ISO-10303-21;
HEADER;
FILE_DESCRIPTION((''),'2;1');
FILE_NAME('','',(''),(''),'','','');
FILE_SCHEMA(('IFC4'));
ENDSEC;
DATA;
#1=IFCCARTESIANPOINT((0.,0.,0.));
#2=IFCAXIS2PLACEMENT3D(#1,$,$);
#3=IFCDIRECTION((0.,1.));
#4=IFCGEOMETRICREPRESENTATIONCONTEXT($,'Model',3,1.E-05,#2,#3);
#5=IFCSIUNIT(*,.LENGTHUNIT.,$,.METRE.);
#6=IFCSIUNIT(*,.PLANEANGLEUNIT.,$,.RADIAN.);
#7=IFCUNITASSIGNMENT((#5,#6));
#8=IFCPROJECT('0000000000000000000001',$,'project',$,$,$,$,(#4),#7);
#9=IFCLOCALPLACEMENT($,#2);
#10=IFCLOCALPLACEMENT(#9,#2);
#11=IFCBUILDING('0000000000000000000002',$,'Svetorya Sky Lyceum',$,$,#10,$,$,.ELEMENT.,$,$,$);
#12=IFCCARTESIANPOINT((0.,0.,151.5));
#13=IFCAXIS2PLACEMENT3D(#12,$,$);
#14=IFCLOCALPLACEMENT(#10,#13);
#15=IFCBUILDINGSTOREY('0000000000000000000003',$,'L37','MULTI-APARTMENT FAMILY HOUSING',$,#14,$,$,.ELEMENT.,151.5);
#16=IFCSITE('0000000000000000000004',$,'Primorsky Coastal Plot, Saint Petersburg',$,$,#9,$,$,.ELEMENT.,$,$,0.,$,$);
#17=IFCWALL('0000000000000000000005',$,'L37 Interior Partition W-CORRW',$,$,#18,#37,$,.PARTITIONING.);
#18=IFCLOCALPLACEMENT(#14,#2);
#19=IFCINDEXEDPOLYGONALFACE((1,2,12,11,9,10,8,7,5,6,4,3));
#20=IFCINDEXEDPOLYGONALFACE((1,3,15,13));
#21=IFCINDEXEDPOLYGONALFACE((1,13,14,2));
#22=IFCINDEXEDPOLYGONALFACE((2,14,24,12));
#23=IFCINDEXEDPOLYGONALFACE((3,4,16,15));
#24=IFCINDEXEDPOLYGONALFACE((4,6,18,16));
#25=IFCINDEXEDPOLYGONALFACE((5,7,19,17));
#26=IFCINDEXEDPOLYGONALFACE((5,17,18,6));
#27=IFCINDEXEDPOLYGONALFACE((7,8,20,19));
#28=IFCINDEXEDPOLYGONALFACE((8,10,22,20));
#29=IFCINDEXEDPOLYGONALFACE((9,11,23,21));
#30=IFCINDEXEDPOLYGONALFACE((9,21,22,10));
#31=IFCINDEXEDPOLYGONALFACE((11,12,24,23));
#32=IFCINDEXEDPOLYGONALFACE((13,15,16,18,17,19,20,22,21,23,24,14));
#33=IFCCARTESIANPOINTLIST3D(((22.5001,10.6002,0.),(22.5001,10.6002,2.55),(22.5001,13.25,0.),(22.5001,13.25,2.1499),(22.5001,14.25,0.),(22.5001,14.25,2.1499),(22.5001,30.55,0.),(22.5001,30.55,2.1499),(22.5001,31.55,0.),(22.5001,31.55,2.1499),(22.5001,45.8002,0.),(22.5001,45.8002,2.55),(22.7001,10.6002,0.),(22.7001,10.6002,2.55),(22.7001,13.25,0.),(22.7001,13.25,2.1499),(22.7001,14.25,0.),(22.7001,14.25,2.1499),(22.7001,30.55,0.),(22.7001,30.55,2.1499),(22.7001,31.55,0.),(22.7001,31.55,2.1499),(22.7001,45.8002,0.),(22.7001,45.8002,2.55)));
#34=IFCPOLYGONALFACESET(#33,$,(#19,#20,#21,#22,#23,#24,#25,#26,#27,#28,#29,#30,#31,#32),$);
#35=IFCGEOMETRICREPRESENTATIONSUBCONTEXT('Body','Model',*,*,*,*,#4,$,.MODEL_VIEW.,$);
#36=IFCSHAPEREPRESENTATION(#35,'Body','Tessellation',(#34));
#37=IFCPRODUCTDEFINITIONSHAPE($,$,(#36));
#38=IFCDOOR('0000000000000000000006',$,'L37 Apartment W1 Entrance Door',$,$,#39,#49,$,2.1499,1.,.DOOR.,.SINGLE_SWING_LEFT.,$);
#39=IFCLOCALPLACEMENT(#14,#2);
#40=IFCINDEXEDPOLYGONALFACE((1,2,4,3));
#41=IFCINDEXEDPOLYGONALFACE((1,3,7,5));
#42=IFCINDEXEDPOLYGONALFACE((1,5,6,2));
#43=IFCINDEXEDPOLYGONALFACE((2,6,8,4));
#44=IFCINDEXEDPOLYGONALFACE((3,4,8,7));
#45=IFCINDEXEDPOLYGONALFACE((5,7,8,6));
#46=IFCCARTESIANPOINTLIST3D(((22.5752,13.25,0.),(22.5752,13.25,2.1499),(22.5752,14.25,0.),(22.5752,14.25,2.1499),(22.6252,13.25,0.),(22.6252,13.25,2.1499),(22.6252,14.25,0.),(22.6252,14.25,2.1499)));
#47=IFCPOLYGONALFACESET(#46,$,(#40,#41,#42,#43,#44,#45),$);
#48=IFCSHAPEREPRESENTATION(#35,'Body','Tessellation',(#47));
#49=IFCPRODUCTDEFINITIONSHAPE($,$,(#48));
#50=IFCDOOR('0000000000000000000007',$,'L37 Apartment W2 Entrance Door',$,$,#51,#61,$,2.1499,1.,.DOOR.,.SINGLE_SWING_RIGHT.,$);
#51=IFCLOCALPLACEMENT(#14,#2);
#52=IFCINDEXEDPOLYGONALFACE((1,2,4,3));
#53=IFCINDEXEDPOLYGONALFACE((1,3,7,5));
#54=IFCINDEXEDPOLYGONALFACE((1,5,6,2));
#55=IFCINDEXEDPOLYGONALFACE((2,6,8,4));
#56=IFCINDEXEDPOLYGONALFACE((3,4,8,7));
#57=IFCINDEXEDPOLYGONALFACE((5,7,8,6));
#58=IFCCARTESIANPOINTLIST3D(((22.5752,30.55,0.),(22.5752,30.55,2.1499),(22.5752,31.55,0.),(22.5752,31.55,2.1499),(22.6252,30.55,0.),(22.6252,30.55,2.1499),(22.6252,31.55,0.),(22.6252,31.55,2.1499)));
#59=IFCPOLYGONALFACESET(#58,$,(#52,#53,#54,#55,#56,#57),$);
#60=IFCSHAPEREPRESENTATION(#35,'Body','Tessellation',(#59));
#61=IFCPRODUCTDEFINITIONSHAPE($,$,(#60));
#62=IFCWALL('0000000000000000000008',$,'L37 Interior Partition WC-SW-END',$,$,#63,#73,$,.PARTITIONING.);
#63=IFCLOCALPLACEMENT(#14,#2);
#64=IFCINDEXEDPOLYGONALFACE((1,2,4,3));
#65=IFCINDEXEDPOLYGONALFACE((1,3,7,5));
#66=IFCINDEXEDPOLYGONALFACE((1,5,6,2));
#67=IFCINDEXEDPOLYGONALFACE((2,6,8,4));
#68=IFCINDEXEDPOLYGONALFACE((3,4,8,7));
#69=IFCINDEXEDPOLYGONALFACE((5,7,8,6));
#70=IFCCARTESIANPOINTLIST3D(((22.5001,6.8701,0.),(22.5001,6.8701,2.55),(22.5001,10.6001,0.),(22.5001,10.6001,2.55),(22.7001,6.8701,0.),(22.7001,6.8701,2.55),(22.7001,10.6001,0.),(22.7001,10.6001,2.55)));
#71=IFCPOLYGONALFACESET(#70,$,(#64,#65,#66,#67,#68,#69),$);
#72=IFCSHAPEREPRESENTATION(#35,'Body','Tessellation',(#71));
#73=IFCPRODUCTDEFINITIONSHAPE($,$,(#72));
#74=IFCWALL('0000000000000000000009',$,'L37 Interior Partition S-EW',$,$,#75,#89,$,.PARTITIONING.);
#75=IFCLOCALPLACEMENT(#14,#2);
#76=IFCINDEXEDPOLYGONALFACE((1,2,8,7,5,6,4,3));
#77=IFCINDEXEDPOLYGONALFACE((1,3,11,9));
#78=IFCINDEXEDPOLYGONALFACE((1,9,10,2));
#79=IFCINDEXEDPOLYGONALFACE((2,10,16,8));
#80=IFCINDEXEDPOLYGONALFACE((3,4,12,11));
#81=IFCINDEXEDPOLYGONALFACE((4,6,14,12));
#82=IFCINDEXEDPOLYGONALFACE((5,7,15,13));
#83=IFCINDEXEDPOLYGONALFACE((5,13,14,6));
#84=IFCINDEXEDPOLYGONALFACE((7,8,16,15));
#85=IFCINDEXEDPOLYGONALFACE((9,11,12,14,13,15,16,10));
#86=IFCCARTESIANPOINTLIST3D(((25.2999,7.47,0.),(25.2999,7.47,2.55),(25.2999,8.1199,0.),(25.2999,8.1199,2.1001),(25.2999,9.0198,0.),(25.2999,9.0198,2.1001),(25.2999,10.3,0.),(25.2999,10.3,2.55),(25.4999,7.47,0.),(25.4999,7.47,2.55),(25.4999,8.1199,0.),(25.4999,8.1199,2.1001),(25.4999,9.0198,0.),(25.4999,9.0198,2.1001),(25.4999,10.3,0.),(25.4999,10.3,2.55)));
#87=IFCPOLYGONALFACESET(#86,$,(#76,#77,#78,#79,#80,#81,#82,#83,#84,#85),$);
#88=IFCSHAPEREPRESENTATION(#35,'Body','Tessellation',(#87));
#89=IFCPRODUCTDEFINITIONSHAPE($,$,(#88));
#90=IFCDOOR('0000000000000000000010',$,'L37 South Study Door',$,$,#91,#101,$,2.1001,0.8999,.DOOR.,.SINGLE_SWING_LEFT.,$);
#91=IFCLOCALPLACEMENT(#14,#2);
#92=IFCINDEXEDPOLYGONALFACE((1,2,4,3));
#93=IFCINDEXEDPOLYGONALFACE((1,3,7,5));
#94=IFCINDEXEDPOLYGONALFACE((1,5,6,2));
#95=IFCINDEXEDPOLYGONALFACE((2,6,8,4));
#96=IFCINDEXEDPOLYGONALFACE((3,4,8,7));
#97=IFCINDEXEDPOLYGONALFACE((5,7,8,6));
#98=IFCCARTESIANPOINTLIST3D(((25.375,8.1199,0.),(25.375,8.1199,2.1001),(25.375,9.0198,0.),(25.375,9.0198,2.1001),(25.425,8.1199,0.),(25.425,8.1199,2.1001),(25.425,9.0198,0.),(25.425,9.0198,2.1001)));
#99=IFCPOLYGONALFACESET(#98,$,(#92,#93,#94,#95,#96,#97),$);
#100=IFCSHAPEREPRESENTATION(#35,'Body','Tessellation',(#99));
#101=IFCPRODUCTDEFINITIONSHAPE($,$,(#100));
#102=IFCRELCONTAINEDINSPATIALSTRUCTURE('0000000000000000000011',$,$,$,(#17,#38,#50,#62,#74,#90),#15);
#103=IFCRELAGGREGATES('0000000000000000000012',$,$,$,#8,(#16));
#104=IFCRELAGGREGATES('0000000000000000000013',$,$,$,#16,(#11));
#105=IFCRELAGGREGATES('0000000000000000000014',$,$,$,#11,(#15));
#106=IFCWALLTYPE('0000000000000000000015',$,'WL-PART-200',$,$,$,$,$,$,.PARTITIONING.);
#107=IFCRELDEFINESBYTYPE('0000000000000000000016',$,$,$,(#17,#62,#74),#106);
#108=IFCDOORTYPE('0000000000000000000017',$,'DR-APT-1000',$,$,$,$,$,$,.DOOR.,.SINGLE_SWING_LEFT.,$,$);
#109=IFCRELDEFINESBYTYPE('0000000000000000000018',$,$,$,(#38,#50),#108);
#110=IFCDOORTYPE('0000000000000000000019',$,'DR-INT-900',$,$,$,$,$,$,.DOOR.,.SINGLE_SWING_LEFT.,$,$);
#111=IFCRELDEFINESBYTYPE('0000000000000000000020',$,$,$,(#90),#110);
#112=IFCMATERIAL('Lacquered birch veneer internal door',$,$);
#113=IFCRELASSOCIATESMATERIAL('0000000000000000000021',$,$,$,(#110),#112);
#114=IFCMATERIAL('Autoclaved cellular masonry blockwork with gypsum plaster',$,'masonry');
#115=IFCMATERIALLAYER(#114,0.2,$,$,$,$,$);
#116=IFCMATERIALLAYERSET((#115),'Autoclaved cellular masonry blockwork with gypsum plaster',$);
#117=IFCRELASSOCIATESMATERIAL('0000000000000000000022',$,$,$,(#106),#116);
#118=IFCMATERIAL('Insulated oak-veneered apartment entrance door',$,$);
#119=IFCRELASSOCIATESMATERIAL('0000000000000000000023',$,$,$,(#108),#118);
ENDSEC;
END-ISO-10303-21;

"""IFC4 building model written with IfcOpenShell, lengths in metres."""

from ifc_helpers import new_model, si_unit, direction, frame, frame_2d, origin, place, context, subcontext, project, spatial, rectangle, extrude, material, layer, layer_set, type_object, element, fill, save


model = new_model("IFC4")

# Units and contexts
model_context = context("Model", 3, precision=1e-05, world=origin(), true_north=direction((0.0, 1.0)))
body_context = subcontext(model_context, "Body", "Model", "MODEL_VIEW")
ifc_project = project(units=[si_unit("LENGTHUNIT", "METRE"), si_unit("PLANEANGLEUNIT", "RADIAN")], contexts=[model_context])

# Site, building, storey
site_placement = place(None, origin())
site = spatial("IfcSite", under=ifc_project, at=site_placement, Name="Primorsky Coastal Plot, Saint Petersburg", CompositionType="ELEMENT", RefElevation=0.0)
building_placement = place(site_placement, origin())
building = spatial("IfcBuilding", under=site, at=building_placement, Name="Svetorya Sky Lyceum", CompositionType="ELEMENT")
storey_placement = place(building_placement, frame((0.0, 0.0, 151.5)))
storey = spatial("IfcBuildingStorey", under=building, at=storey_placement, Name="L37", Description="MULTI-APARTMENT FAMILY HOUSING", CompositionType="ELEMENT", Elevation=151.5)

# Shared definitions
ifc_material_1 = material(Name="Lacquered birch veneer internal door")
door_type_1 = type_object("IfcDoorType", Name="DR-INT-900", OperationType="SINGLE_SWING_LEFT", PredefinedType="DOOR", material=ifc_material_1)

# Shared definitions
ifc_material_2 = material(Name="Autoclaved cellular masonry blockwork with gypsum plaster", Category="masonry")
ifc_layer_1 = layer(ifc_material_2, 0.2)
ifc_layer_set_1 = layer_set([ifc_layer_1], Name="Autoclaved cellular masonry blockwork with gypsum plaster")
wall_type_1 = type_object("IfcWallType", Name="WL-PART-200", PredefinedType="PARTITIONING", material=ifc_layer_set_1)

# Wall, openings, doors
wall_1_placement = place(storey_placement, frame((22.6001, 10.6001, 0.0), z_axis=(0.0, 0.0, 1.0), x_axis=(0.0, 1.0, 0.0)))
wall_1 = element("IfcWall", 1, at=wall_1_placement, inside=storey, type_object=wall_type_1, Name="L37 Interior Partition W-CORRW", PredefinedType="PARTITIONING", context=body_context, shape_type="SweptSolid", body=[
    extrude(rectangle(XDim=35.2, YDim=0.2, at=frame_2d((17.6001, 0.0))), origin(), (0.0, 0.0, 1.0), 2.55),
])
opening_1_placement = place(wall_1_placement, frame((2.6499, 0.0, 0.0)))
opening_1 = element("IfcOpeningElement", 2, at=opening_1_placement, cuts=wall_1, PredefinedType="OPENING", context=body_context, shape_type="SweptSolid", body=[
    extrude(rectangle(XDim=1.0, YDim=2.1499, at=frame_2d((0.5, 1.075))), frame((0.0, 0.1099, 0.0), z_axis=(0.0, -1.0, 0.0), x_axis=(1.0, 0.0, 0.0)), (0.0, 0.0, 1.0), 0.22),
])
opening_2_placement = place(wall_1_placement, frame((19.95, 0.0, 0.0)))
opening_2 = element("IfcOpeningElement", 3, at=opening_2_placement, cuts=wall_1, PredefinedType="OPENING", context=body_context, shape_type="SweptSolid", body=[
    extrude(rectangle(XDim=1.0, YDim=2.1499, at=frame_2d((0.5, 1.075))), frame((0.0, 0.1099, 0.0), z_axis=(0.0, -1.0, 0.0), x_axis=(1.0, 0.0, 0.0)), (0.0, 0.0, 1.0), 0.22),
])
ifc_material_3 = material(Name="Insulated oak-veneered apartment entrance door")
door_type_2 = type_object("IfcDoorType", Name="DR-APT-1000", OperationType="SINGLE_SWING_LEFT", PredefinedType="DOOR", material=ifc_material_3)
door_1_placement = place(opening_1_placement, origin())
door_1 = element("IfcDoor", 4, at=door_1_placement, inside=storey, type_object=door_type_2, Name="L37 Apartment W1 Entrance Door", OperationType="SINGLE_SWING_LEFT", OverallHeight=2.1499, OverallWidth=1.0, PredefinedType="DOOR", context=body_context, shape_type="SweptSolid", body=[
    extrude(rectangle(XDim=1.0, YDim=2.1499, at=frame_2d((0.5, 1.075))), frame((0.0, 0.0249, 0.0), z_axis=(0.0, -1.0, 0.0), x_axis=(1.0, 0.0, 0.0)), (0.0, 0.0, 1.0), 0.05),
])
fill(opening_1, door_1)
door_2_placement = place(opening_2_placement, origin())
door_2 = element("IfcDoor", 5, at=door_2_placement, inside=storey, type_object=door_type_2, Name="L37 Apartment W2 Entrance Door", OperationType="SINGLE_SWING_RIGHT", OverallHeight=2.1499, OverallWidth=1.0, PredefinedType="DOOR", context=body_context, shape_type="SweptSolid", body=[
    extrude(rectangle(XDim=1.0, YDim=2.1499, at=frame_2d((0.5, 1.075))), frame((0.0, 0.0249, 0.0), z_axis=(0.0, -1.0, 0.0), x_axis=(1.0, 0.0, 0.0)), (0.0, 0.0, 1.0), 0.05),
])
fill(opening_2, door_2)

# Wall
wall_2_placement = place(storey_placement, frame((22.6001, 6.8701, 0.0), z_axis=(0.0, 0.0, 1.0), x_axis=(0.0, 1.0, 0.0)))
element("IfcWall", 6, at=wall_2_placement, inside=storey, type_object=wall_type_1, Name="L37 Interior Partition WC-SW-END", PredefinedType="PARTITIONING", context=body_context, shape_type="SweptSolid", body=[
    extrude(rectangle(XDim=3.73, YDim=0.2, at=frame_2d((1.865, 0.0))), origin(), (0.0, 0.0, 1.0), 2.55),
])

# Wall, opening, door
wall_3_placement = place(storey_placement, frame((25.3999, 7.47, 0.0), z_axis=(0.0, 0.0, 1.0), x_axis=(0.0, 1.0, 0.0)))
wall_3 = element("IfcWall", 7, at=wall_3_placement, inside=storey, type_object=wall_type_1, Name="L37 Interior Partition S-EW", PredefinedType="PARTITIONING", context=body_context, shape_type="SweptSolid", body=[
    extrude(rectangle(XDim=2.8301, YDim=0.2, at=frame_2d((1.415, 0.0))), origin(), (0.0, 0.0, 1.0), 2.55),
])
opening_3_placement = place(wall_3_placement, frame((0.6499, 0.0, 0.0)))
opening_3 = element("IfcOpeningElement", 8, at=opening_3_placement, cuts=wall_3, PredefinedType="OPENING", context=body_context, shape_type="SweptSolid", body=[
    extrude(rectangle(XDim=0.8999, YDim=2.1001, at=frame_2d((0.45, 1.05))), frame((0.0, 0.1099, 0.0), z_axis=(0.0, -1.0, 0.0), x_axis=(1.0, 0.0, 0.0)), (0.0, 0.0, 1.0), 0.22),
])
door_3_placement = place(opening_3_placement, origin())
door_3 = element("IfcDoor", 9, at=door_3_placement, inside=storey, type_object=door_type_1, Name="L37 South Study Door", OperationType="SINGLE_SWING_LEFT", OverallHeight=2.1001, OverallWidth=0.8999, PredefinedType="DOOR", context=body_context, shape_type="SweptSolid", body=[
    extrude(rectangle(XDim=0.8999, YDim=2.1001, at=frame_2d((0.45, 1.05))), frame((0.0, 0.0249, 0.0), z_axis=(0.0, -1.0, 0.0), x_axis=(1.0, 0.0, 0.0)), (0.0, 0.0, 1.0), 0.05),
])
fill(opening_3, door_3)

save(model, "model.ifc")
